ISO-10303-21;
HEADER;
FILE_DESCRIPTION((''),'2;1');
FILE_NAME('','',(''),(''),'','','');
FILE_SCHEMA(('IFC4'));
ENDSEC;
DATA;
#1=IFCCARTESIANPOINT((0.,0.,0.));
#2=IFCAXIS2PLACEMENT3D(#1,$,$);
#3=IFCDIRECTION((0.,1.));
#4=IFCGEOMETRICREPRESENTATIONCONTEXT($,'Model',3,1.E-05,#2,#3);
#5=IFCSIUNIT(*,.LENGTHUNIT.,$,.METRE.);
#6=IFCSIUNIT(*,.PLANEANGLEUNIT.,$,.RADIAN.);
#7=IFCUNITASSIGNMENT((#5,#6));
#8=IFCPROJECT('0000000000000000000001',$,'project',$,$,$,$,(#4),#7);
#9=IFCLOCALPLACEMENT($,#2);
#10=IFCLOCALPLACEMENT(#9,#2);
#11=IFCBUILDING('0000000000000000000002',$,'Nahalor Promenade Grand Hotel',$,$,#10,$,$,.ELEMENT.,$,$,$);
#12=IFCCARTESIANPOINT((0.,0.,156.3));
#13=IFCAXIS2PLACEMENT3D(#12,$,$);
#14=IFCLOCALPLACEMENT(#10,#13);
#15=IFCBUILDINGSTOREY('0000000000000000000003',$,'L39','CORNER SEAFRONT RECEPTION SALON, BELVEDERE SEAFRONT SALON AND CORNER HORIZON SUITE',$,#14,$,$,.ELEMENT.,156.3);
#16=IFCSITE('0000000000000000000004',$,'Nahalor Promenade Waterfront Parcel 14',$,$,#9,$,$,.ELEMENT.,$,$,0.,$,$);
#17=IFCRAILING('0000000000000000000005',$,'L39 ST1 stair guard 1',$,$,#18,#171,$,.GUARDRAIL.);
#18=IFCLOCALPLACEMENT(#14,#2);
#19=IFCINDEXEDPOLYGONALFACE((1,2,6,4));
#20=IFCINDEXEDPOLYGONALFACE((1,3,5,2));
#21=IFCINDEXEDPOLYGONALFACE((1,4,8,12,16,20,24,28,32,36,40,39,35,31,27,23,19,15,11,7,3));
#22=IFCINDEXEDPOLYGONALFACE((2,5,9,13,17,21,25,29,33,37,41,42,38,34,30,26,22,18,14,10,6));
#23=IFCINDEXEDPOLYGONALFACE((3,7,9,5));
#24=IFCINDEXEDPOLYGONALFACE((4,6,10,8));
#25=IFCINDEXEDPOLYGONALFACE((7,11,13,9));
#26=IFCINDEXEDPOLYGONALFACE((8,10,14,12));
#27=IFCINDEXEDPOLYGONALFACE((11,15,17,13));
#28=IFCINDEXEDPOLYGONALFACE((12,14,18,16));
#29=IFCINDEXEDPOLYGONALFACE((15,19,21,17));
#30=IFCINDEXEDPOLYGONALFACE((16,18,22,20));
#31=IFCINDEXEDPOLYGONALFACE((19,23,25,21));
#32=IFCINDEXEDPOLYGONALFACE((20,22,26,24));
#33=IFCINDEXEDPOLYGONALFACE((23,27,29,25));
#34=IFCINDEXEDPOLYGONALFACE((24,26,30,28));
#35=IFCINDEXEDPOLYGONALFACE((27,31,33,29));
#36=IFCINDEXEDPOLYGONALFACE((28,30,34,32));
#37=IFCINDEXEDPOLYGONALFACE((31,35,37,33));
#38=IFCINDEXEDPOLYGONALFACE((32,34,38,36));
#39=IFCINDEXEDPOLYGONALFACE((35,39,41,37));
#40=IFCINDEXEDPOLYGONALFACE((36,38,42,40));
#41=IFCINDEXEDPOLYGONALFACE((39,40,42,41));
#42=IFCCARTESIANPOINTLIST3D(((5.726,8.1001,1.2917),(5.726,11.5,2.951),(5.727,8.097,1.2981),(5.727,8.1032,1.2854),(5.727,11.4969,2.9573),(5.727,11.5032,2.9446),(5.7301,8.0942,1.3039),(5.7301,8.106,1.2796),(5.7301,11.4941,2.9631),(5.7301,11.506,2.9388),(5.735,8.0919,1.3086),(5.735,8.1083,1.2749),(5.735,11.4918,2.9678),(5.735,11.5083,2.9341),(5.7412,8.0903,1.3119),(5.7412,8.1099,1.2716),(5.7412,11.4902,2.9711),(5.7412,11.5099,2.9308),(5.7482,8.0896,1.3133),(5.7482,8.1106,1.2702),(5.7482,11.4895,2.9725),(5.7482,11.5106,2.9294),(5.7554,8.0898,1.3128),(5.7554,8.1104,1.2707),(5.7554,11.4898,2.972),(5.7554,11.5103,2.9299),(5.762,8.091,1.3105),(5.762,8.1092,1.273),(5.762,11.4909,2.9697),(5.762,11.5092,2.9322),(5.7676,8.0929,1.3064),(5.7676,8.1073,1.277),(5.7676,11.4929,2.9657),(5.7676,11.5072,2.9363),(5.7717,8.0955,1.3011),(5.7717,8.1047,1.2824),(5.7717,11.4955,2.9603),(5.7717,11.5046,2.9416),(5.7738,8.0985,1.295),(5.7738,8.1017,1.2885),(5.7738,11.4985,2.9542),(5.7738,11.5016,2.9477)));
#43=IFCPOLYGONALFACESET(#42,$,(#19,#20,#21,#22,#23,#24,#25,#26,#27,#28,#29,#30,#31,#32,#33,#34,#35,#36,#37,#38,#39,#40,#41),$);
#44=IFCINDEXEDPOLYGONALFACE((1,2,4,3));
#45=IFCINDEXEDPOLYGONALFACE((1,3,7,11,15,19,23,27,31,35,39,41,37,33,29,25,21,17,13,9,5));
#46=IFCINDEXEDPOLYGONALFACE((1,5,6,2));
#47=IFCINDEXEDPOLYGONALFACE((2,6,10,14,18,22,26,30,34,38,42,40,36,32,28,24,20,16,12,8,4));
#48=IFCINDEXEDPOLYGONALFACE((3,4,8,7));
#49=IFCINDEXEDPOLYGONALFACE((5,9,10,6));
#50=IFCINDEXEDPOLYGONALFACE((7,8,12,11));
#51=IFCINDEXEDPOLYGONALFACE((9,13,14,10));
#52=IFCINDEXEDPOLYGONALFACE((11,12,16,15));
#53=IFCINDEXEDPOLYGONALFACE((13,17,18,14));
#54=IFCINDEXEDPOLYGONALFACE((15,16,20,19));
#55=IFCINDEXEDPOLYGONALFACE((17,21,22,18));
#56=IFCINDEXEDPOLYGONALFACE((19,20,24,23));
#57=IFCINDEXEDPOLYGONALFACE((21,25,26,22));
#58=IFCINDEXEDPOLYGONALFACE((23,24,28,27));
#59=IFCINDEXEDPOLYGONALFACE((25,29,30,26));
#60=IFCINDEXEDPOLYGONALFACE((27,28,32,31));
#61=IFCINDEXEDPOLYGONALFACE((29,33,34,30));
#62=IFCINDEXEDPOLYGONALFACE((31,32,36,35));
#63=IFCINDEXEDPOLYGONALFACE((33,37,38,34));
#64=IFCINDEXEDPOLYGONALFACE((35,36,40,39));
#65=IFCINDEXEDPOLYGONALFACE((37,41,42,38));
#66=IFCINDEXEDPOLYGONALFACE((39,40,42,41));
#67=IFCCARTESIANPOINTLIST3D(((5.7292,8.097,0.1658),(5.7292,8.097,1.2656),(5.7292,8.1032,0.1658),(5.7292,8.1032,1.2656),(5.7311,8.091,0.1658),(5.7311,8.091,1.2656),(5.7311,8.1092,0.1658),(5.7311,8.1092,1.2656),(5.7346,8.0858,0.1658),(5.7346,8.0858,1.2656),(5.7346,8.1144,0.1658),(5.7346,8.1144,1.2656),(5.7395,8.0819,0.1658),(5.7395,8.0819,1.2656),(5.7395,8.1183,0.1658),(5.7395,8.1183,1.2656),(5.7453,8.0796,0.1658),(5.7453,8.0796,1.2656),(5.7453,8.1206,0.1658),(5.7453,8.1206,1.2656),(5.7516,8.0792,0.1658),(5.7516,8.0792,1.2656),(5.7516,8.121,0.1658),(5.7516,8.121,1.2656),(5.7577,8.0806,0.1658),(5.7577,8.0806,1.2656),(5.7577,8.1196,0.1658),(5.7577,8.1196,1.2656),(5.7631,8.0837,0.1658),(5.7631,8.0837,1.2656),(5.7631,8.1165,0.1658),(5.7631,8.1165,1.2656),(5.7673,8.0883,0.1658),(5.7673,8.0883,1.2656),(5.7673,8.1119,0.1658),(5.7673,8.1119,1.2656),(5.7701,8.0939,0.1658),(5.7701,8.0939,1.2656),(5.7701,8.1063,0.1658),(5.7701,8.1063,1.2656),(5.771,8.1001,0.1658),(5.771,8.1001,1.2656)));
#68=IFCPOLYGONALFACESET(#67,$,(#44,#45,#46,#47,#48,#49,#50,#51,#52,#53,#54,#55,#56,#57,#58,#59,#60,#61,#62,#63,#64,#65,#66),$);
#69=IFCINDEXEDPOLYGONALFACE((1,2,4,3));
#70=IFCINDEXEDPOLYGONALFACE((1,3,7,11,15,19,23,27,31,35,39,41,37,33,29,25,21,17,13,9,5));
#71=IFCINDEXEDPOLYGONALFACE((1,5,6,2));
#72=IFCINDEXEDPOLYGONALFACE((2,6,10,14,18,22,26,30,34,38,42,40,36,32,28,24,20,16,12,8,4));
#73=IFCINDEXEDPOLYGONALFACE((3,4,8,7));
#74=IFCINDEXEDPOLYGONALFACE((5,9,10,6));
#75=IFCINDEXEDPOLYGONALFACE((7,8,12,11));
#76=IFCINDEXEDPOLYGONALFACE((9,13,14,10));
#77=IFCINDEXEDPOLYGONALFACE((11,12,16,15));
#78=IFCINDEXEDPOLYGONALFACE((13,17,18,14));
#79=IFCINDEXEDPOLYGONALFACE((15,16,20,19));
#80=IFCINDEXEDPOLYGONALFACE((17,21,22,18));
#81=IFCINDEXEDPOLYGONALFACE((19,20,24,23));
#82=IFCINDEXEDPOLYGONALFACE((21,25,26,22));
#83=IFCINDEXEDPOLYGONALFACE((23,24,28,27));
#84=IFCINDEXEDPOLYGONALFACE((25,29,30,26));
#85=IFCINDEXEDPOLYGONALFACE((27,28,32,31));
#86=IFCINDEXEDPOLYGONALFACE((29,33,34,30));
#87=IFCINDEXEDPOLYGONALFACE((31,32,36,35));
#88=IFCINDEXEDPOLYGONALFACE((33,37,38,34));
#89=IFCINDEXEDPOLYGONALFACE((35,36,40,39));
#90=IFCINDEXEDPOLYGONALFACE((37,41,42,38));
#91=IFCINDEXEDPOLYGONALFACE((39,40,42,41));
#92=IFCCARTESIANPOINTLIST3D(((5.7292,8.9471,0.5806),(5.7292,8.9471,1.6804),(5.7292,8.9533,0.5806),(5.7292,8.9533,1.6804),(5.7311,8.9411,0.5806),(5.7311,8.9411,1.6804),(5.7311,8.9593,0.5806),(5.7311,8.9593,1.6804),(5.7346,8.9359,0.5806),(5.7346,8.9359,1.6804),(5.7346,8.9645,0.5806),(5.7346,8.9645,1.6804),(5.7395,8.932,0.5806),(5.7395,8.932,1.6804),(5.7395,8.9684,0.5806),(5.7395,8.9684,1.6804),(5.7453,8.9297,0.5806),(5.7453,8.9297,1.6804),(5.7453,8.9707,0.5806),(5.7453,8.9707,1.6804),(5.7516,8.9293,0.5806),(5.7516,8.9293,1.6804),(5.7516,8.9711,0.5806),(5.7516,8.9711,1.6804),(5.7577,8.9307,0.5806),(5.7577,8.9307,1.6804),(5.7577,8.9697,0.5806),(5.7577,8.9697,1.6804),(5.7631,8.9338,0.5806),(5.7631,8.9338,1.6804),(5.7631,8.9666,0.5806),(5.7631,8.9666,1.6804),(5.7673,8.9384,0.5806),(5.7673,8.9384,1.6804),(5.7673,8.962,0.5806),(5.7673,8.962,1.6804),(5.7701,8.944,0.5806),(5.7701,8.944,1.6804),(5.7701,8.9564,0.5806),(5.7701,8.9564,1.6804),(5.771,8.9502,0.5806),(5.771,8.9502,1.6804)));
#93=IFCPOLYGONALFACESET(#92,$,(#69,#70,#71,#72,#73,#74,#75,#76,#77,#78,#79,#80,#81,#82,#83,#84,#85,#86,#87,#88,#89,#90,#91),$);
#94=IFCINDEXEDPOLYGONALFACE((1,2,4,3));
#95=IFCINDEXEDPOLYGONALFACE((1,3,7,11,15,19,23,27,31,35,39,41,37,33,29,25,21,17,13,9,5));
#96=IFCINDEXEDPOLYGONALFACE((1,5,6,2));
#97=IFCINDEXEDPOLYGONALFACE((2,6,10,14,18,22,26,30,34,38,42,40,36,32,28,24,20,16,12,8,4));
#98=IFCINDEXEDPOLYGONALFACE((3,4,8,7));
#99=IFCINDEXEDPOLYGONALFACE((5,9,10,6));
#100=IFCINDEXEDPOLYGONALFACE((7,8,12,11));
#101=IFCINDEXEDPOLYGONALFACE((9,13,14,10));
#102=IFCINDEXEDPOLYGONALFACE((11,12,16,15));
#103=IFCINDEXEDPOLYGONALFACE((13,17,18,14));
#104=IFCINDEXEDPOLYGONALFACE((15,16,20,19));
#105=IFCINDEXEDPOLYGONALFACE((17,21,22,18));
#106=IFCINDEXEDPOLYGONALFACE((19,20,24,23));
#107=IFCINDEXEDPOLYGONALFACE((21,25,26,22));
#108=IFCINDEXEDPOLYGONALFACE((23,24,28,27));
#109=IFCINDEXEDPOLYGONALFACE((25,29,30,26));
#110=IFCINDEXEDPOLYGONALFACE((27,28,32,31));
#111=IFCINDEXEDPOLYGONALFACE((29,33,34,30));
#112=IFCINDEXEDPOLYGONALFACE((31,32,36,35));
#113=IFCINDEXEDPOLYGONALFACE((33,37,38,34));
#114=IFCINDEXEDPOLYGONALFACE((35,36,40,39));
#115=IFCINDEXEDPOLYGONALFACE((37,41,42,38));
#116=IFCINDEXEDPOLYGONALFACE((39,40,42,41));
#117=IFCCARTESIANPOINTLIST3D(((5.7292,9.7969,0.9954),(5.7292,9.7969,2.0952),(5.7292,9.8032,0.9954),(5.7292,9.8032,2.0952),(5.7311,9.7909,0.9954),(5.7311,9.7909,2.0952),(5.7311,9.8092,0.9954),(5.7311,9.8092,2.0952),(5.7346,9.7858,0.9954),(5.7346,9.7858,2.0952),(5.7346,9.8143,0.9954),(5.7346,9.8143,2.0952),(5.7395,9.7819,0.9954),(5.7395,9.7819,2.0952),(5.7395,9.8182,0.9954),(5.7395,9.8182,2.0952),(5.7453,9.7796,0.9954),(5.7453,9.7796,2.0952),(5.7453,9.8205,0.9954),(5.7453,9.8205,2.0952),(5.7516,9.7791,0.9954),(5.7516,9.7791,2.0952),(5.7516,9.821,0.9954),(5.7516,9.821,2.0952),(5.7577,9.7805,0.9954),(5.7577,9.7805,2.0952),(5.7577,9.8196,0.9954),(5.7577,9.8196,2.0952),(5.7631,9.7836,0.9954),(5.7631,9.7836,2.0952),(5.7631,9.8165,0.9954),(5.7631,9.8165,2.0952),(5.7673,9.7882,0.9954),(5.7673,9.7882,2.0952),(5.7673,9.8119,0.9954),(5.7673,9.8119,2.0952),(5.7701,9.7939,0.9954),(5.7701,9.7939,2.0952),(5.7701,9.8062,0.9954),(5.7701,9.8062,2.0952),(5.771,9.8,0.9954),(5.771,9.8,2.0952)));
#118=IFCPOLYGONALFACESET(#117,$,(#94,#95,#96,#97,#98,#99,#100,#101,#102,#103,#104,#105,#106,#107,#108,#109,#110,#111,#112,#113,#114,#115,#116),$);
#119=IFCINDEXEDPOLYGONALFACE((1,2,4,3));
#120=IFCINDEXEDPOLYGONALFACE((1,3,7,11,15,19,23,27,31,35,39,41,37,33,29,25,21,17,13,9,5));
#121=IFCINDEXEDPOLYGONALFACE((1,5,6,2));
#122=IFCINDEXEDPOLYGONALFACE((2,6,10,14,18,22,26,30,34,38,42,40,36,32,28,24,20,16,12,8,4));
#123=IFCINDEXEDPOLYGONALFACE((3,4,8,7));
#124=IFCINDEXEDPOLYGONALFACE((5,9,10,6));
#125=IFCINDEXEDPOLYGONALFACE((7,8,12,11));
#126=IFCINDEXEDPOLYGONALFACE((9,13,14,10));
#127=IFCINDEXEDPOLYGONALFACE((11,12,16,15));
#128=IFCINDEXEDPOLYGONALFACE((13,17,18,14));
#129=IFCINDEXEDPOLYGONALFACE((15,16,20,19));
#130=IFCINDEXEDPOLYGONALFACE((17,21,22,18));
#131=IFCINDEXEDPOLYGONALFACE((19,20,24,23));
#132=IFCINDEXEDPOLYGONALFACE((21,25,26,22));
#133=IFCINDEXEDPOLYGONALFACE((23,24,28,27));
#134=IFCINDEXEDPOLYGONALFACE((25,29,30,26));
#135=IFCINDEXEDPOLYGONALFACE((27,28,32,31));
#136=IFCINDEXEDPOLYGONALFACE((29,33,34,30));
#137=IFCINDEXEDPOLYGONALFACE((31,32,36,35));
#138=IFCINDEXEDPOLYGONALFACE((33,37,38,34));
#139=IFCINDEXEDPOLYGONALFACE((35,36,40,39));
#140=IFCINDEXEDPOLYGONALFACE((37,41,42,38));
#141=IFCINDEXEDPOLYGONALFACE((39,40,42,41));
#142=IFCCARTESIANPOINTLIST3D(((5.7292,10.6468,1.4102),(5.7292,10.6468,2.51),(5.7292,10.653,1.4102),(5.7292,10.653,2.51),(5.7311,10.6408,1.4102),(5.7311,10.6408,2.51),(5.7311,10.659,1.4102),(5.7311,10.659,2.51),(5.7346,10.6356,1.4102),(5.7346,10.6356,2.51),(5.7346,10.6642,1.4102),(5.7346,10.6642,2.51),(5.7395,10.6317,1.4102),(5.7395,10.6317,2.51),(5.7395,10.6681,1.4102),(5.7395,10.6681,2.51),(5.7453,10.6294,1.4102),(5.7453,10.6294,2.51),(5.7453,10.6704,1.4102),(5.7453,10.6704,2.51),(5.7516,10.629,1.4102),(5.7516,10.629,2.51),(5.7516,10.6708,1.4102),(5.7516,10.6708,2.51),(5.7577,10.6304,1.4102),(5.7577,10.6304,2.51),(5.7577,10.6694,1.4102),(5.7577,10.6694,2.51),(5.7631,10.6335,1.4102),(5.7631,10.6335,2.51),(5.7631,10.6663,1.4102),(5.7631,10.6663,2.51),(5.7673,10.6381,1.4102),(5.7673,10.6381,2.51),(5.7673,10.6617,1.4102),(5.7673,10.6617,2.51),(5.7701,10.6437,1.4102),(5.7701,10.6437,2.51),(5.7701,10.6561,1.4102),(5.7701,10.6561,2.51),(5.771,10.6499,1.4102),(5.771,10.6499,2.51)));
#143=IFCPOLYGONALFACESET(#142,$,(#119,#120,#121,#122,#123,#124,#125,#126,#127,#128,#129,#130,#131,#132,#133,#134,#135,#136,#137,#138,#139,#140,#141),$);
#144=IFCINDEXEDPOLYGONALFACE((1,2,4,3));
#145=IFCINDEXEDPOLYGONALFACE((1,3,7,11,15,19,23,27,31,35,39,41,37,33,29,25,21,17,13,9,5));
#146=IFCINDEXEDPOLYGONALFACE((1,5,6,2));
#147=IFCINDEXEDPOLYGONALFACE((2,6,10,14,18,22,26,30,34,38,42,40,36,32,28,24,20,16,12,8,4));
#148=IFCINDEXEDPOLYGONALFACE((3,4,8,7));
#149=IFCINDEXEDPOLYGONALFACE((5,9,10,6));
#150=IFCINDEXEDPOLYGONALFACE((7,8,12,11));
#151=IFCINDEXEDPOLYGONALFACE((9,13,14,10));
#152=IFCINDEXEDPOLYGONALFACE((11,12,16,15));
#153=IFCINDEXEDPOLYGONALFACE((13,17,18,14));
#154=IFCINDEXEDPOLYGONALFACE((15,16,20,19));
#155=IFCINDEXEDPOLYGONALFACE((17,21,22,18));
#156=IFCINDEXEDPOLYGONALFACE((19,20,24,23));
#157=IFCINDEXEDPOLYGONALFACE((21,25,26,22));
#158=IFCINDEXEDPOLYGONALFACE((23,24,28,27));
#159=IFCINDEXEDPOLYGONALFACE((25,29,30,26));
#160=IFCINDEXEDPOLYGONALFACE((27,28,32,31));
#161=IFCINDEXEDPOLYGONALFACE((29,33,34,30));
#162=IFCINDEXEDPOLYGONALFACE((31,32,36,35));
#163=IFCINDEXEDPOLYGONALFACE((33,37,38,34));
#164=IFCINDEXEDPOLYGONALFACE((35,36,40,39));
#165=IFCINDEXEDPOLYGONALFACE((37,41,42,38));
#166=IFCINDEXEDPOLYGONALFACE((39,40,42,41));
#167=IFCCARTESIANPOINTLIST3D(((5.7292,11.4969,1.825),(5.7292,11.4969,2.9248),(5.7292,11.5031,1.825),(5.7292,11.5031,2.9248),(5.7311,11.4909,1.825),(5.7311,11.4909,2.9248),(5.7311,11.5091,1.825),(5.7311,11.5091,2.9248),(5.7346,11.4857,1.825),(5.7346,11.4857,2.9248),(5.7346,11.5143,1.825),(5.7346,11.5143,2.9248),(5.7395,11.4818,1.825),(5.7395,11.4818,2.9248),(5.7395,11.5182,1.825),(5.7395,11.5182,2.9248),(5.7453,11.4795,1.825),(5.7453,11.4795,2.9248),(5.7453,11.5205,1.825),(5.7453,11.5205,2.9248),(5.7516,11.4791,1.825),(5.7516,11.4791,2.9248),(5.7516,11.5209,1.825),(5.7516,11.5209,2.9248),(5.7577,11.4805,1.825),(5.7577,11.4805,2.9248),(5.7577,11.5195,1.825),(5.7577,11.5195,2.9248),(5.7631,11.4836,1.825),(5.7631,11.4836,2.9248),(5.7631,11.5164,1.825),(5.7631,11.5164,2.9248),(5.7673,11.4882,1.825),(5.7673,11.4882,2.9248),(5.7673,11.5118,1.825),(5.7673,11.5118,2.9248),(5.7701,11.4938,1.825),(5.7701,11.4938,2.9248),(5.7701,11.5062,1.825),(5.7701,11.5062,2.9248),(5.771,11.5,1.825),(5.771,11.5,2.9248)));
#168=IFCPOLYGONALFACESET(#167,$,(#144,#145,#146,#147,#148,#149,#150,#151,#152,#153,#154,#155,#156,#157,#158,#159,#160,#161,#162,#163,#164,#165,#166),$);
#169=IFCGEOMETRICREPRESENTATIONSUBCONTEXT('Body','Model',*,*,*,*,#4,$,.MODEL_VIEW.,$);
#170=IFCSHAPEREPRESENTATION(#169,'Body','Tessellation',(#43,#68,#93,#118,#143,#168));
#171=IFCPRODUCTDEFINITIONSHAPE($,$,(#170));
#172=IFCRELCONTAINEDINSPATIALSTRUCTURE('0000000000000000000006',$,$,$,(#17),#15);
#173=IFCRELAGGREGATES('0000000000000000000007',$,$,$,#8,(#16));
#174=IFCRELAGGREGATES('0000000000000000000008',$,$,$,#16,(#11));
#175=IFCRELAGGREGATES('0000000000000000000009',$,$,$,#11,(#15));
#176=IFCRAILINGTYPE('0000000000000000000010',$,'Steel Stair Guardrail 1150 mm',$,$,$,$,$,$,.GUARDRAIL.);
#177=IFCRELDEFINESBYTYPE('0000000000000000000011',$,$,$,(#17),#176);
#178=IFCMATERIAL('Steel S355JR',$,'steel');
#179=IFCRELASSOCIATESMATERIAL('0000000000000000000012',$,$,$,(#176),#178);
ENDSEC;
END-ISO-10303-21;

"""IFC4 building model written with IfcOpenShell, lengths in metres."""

from ifc_helpers import new_model, si_unit, direction, frame, origin, origin_2d, place, context, subcontext, project, spatial, circle, extrude, material, type_object, element, save


model = new_model("IFC4")

# Units and contexts
model_context = context("Model", 3, precision=1e-05, world=origin(), true_north=direction((0.0, 1.0)))
body_context = subcontext(model_context, "Body", "Model", "MODEL_VIEW")
ifc_project = project(units=[si_unit("LENGTHUNIT", "METRE"), si_unit("PLANEANGLEUNIT", "RADIAN")], contexts=[model_context])

# Site, building, storey
site_placement = place(None, origin())
site = spatial("IfcSite", under=ifc_project, at=site_placement, Name="Nahalor Promenade Waterfront Parcel 14", CompositionType="ELEMENT", RefElevation=0.0)
building_placement = place(site_placement, origin())
building = spatial("IfcBuilding", under=site, at=building_placement, Name="Nahalor Promenade Grand Hotel", CompositionType="ELEMENT")
storey_placement = place(building_placement, frame((0.0, 0.0, 156.3)))
storey = spatial("IfcBuildingStorey", under=building, at=storey_placement, Name="L39", Description="CORNER SEAFRONT RECEPTION SALON, BELVEDERE SEAFRONT SALON AND CORNER HORIZON SUITE", CompositionType="ELEMENT", Elevation=156.3)

# Shared definitions
ifc_material_1 = material(Name="Steel S355JR", Category="steel")

# Railing
railing_type_1 = type_object("IfcRailingType", Name="Steel Stair Guardrail 1150 mm", PredefinedType="GUARDRAIL", material=ifc_material_1)
railing_1_placement = place(storey_placement, frame((5.75, 8.1001, 0.1658)))
element("IfcRailing", 1, at=railing_1_placement, inside=storey, type_object=railing_type_1, Name="L39 ST1 stair guard 1", PredefinedType="GUARDRAIL", context=body_context, shape_type="SweptSolid", body=[
    extrude(circle(Radius=0.024, at=origin_2d()), frame((0.0, 0.0, 1.126), z_axis=(0.0, 0.898696, 0.438571), x_axis=(-1.0, 0.0, 0.0)), (0.0, 0.0, 1.0), 3.7832),
    extrude(circle(Radius=0.021, at=origin_2d()), origin(), (0.0, 0.0, 1.0), 1.0999),
    extrude(circle(Radius=0.021, at=origin_2d()), frame((0.0, 0.8501, 0.4148)), (0.0, 0.0, 1.0), 1.0999),
    extrude(circle(Radius=0.021, at=origin_2d()), frame((0.0, 1.7, 0.8296)), (0.0, 0.0, 1.0), 1.0999),
    extrude(circle(Radius=0.021, at=origin_2d()), frame((0.0, 2.5498, 1.2444)), (0.0, 0.0, 1.0), 1.0999),
    extrude(circle(Radius=0.021, at=origin_2d()), frame((0.0, 3.3999, 1.6592)), (0.0, 0.0, 1.0), 1.0999),
])

save(model, "model.ifc")
